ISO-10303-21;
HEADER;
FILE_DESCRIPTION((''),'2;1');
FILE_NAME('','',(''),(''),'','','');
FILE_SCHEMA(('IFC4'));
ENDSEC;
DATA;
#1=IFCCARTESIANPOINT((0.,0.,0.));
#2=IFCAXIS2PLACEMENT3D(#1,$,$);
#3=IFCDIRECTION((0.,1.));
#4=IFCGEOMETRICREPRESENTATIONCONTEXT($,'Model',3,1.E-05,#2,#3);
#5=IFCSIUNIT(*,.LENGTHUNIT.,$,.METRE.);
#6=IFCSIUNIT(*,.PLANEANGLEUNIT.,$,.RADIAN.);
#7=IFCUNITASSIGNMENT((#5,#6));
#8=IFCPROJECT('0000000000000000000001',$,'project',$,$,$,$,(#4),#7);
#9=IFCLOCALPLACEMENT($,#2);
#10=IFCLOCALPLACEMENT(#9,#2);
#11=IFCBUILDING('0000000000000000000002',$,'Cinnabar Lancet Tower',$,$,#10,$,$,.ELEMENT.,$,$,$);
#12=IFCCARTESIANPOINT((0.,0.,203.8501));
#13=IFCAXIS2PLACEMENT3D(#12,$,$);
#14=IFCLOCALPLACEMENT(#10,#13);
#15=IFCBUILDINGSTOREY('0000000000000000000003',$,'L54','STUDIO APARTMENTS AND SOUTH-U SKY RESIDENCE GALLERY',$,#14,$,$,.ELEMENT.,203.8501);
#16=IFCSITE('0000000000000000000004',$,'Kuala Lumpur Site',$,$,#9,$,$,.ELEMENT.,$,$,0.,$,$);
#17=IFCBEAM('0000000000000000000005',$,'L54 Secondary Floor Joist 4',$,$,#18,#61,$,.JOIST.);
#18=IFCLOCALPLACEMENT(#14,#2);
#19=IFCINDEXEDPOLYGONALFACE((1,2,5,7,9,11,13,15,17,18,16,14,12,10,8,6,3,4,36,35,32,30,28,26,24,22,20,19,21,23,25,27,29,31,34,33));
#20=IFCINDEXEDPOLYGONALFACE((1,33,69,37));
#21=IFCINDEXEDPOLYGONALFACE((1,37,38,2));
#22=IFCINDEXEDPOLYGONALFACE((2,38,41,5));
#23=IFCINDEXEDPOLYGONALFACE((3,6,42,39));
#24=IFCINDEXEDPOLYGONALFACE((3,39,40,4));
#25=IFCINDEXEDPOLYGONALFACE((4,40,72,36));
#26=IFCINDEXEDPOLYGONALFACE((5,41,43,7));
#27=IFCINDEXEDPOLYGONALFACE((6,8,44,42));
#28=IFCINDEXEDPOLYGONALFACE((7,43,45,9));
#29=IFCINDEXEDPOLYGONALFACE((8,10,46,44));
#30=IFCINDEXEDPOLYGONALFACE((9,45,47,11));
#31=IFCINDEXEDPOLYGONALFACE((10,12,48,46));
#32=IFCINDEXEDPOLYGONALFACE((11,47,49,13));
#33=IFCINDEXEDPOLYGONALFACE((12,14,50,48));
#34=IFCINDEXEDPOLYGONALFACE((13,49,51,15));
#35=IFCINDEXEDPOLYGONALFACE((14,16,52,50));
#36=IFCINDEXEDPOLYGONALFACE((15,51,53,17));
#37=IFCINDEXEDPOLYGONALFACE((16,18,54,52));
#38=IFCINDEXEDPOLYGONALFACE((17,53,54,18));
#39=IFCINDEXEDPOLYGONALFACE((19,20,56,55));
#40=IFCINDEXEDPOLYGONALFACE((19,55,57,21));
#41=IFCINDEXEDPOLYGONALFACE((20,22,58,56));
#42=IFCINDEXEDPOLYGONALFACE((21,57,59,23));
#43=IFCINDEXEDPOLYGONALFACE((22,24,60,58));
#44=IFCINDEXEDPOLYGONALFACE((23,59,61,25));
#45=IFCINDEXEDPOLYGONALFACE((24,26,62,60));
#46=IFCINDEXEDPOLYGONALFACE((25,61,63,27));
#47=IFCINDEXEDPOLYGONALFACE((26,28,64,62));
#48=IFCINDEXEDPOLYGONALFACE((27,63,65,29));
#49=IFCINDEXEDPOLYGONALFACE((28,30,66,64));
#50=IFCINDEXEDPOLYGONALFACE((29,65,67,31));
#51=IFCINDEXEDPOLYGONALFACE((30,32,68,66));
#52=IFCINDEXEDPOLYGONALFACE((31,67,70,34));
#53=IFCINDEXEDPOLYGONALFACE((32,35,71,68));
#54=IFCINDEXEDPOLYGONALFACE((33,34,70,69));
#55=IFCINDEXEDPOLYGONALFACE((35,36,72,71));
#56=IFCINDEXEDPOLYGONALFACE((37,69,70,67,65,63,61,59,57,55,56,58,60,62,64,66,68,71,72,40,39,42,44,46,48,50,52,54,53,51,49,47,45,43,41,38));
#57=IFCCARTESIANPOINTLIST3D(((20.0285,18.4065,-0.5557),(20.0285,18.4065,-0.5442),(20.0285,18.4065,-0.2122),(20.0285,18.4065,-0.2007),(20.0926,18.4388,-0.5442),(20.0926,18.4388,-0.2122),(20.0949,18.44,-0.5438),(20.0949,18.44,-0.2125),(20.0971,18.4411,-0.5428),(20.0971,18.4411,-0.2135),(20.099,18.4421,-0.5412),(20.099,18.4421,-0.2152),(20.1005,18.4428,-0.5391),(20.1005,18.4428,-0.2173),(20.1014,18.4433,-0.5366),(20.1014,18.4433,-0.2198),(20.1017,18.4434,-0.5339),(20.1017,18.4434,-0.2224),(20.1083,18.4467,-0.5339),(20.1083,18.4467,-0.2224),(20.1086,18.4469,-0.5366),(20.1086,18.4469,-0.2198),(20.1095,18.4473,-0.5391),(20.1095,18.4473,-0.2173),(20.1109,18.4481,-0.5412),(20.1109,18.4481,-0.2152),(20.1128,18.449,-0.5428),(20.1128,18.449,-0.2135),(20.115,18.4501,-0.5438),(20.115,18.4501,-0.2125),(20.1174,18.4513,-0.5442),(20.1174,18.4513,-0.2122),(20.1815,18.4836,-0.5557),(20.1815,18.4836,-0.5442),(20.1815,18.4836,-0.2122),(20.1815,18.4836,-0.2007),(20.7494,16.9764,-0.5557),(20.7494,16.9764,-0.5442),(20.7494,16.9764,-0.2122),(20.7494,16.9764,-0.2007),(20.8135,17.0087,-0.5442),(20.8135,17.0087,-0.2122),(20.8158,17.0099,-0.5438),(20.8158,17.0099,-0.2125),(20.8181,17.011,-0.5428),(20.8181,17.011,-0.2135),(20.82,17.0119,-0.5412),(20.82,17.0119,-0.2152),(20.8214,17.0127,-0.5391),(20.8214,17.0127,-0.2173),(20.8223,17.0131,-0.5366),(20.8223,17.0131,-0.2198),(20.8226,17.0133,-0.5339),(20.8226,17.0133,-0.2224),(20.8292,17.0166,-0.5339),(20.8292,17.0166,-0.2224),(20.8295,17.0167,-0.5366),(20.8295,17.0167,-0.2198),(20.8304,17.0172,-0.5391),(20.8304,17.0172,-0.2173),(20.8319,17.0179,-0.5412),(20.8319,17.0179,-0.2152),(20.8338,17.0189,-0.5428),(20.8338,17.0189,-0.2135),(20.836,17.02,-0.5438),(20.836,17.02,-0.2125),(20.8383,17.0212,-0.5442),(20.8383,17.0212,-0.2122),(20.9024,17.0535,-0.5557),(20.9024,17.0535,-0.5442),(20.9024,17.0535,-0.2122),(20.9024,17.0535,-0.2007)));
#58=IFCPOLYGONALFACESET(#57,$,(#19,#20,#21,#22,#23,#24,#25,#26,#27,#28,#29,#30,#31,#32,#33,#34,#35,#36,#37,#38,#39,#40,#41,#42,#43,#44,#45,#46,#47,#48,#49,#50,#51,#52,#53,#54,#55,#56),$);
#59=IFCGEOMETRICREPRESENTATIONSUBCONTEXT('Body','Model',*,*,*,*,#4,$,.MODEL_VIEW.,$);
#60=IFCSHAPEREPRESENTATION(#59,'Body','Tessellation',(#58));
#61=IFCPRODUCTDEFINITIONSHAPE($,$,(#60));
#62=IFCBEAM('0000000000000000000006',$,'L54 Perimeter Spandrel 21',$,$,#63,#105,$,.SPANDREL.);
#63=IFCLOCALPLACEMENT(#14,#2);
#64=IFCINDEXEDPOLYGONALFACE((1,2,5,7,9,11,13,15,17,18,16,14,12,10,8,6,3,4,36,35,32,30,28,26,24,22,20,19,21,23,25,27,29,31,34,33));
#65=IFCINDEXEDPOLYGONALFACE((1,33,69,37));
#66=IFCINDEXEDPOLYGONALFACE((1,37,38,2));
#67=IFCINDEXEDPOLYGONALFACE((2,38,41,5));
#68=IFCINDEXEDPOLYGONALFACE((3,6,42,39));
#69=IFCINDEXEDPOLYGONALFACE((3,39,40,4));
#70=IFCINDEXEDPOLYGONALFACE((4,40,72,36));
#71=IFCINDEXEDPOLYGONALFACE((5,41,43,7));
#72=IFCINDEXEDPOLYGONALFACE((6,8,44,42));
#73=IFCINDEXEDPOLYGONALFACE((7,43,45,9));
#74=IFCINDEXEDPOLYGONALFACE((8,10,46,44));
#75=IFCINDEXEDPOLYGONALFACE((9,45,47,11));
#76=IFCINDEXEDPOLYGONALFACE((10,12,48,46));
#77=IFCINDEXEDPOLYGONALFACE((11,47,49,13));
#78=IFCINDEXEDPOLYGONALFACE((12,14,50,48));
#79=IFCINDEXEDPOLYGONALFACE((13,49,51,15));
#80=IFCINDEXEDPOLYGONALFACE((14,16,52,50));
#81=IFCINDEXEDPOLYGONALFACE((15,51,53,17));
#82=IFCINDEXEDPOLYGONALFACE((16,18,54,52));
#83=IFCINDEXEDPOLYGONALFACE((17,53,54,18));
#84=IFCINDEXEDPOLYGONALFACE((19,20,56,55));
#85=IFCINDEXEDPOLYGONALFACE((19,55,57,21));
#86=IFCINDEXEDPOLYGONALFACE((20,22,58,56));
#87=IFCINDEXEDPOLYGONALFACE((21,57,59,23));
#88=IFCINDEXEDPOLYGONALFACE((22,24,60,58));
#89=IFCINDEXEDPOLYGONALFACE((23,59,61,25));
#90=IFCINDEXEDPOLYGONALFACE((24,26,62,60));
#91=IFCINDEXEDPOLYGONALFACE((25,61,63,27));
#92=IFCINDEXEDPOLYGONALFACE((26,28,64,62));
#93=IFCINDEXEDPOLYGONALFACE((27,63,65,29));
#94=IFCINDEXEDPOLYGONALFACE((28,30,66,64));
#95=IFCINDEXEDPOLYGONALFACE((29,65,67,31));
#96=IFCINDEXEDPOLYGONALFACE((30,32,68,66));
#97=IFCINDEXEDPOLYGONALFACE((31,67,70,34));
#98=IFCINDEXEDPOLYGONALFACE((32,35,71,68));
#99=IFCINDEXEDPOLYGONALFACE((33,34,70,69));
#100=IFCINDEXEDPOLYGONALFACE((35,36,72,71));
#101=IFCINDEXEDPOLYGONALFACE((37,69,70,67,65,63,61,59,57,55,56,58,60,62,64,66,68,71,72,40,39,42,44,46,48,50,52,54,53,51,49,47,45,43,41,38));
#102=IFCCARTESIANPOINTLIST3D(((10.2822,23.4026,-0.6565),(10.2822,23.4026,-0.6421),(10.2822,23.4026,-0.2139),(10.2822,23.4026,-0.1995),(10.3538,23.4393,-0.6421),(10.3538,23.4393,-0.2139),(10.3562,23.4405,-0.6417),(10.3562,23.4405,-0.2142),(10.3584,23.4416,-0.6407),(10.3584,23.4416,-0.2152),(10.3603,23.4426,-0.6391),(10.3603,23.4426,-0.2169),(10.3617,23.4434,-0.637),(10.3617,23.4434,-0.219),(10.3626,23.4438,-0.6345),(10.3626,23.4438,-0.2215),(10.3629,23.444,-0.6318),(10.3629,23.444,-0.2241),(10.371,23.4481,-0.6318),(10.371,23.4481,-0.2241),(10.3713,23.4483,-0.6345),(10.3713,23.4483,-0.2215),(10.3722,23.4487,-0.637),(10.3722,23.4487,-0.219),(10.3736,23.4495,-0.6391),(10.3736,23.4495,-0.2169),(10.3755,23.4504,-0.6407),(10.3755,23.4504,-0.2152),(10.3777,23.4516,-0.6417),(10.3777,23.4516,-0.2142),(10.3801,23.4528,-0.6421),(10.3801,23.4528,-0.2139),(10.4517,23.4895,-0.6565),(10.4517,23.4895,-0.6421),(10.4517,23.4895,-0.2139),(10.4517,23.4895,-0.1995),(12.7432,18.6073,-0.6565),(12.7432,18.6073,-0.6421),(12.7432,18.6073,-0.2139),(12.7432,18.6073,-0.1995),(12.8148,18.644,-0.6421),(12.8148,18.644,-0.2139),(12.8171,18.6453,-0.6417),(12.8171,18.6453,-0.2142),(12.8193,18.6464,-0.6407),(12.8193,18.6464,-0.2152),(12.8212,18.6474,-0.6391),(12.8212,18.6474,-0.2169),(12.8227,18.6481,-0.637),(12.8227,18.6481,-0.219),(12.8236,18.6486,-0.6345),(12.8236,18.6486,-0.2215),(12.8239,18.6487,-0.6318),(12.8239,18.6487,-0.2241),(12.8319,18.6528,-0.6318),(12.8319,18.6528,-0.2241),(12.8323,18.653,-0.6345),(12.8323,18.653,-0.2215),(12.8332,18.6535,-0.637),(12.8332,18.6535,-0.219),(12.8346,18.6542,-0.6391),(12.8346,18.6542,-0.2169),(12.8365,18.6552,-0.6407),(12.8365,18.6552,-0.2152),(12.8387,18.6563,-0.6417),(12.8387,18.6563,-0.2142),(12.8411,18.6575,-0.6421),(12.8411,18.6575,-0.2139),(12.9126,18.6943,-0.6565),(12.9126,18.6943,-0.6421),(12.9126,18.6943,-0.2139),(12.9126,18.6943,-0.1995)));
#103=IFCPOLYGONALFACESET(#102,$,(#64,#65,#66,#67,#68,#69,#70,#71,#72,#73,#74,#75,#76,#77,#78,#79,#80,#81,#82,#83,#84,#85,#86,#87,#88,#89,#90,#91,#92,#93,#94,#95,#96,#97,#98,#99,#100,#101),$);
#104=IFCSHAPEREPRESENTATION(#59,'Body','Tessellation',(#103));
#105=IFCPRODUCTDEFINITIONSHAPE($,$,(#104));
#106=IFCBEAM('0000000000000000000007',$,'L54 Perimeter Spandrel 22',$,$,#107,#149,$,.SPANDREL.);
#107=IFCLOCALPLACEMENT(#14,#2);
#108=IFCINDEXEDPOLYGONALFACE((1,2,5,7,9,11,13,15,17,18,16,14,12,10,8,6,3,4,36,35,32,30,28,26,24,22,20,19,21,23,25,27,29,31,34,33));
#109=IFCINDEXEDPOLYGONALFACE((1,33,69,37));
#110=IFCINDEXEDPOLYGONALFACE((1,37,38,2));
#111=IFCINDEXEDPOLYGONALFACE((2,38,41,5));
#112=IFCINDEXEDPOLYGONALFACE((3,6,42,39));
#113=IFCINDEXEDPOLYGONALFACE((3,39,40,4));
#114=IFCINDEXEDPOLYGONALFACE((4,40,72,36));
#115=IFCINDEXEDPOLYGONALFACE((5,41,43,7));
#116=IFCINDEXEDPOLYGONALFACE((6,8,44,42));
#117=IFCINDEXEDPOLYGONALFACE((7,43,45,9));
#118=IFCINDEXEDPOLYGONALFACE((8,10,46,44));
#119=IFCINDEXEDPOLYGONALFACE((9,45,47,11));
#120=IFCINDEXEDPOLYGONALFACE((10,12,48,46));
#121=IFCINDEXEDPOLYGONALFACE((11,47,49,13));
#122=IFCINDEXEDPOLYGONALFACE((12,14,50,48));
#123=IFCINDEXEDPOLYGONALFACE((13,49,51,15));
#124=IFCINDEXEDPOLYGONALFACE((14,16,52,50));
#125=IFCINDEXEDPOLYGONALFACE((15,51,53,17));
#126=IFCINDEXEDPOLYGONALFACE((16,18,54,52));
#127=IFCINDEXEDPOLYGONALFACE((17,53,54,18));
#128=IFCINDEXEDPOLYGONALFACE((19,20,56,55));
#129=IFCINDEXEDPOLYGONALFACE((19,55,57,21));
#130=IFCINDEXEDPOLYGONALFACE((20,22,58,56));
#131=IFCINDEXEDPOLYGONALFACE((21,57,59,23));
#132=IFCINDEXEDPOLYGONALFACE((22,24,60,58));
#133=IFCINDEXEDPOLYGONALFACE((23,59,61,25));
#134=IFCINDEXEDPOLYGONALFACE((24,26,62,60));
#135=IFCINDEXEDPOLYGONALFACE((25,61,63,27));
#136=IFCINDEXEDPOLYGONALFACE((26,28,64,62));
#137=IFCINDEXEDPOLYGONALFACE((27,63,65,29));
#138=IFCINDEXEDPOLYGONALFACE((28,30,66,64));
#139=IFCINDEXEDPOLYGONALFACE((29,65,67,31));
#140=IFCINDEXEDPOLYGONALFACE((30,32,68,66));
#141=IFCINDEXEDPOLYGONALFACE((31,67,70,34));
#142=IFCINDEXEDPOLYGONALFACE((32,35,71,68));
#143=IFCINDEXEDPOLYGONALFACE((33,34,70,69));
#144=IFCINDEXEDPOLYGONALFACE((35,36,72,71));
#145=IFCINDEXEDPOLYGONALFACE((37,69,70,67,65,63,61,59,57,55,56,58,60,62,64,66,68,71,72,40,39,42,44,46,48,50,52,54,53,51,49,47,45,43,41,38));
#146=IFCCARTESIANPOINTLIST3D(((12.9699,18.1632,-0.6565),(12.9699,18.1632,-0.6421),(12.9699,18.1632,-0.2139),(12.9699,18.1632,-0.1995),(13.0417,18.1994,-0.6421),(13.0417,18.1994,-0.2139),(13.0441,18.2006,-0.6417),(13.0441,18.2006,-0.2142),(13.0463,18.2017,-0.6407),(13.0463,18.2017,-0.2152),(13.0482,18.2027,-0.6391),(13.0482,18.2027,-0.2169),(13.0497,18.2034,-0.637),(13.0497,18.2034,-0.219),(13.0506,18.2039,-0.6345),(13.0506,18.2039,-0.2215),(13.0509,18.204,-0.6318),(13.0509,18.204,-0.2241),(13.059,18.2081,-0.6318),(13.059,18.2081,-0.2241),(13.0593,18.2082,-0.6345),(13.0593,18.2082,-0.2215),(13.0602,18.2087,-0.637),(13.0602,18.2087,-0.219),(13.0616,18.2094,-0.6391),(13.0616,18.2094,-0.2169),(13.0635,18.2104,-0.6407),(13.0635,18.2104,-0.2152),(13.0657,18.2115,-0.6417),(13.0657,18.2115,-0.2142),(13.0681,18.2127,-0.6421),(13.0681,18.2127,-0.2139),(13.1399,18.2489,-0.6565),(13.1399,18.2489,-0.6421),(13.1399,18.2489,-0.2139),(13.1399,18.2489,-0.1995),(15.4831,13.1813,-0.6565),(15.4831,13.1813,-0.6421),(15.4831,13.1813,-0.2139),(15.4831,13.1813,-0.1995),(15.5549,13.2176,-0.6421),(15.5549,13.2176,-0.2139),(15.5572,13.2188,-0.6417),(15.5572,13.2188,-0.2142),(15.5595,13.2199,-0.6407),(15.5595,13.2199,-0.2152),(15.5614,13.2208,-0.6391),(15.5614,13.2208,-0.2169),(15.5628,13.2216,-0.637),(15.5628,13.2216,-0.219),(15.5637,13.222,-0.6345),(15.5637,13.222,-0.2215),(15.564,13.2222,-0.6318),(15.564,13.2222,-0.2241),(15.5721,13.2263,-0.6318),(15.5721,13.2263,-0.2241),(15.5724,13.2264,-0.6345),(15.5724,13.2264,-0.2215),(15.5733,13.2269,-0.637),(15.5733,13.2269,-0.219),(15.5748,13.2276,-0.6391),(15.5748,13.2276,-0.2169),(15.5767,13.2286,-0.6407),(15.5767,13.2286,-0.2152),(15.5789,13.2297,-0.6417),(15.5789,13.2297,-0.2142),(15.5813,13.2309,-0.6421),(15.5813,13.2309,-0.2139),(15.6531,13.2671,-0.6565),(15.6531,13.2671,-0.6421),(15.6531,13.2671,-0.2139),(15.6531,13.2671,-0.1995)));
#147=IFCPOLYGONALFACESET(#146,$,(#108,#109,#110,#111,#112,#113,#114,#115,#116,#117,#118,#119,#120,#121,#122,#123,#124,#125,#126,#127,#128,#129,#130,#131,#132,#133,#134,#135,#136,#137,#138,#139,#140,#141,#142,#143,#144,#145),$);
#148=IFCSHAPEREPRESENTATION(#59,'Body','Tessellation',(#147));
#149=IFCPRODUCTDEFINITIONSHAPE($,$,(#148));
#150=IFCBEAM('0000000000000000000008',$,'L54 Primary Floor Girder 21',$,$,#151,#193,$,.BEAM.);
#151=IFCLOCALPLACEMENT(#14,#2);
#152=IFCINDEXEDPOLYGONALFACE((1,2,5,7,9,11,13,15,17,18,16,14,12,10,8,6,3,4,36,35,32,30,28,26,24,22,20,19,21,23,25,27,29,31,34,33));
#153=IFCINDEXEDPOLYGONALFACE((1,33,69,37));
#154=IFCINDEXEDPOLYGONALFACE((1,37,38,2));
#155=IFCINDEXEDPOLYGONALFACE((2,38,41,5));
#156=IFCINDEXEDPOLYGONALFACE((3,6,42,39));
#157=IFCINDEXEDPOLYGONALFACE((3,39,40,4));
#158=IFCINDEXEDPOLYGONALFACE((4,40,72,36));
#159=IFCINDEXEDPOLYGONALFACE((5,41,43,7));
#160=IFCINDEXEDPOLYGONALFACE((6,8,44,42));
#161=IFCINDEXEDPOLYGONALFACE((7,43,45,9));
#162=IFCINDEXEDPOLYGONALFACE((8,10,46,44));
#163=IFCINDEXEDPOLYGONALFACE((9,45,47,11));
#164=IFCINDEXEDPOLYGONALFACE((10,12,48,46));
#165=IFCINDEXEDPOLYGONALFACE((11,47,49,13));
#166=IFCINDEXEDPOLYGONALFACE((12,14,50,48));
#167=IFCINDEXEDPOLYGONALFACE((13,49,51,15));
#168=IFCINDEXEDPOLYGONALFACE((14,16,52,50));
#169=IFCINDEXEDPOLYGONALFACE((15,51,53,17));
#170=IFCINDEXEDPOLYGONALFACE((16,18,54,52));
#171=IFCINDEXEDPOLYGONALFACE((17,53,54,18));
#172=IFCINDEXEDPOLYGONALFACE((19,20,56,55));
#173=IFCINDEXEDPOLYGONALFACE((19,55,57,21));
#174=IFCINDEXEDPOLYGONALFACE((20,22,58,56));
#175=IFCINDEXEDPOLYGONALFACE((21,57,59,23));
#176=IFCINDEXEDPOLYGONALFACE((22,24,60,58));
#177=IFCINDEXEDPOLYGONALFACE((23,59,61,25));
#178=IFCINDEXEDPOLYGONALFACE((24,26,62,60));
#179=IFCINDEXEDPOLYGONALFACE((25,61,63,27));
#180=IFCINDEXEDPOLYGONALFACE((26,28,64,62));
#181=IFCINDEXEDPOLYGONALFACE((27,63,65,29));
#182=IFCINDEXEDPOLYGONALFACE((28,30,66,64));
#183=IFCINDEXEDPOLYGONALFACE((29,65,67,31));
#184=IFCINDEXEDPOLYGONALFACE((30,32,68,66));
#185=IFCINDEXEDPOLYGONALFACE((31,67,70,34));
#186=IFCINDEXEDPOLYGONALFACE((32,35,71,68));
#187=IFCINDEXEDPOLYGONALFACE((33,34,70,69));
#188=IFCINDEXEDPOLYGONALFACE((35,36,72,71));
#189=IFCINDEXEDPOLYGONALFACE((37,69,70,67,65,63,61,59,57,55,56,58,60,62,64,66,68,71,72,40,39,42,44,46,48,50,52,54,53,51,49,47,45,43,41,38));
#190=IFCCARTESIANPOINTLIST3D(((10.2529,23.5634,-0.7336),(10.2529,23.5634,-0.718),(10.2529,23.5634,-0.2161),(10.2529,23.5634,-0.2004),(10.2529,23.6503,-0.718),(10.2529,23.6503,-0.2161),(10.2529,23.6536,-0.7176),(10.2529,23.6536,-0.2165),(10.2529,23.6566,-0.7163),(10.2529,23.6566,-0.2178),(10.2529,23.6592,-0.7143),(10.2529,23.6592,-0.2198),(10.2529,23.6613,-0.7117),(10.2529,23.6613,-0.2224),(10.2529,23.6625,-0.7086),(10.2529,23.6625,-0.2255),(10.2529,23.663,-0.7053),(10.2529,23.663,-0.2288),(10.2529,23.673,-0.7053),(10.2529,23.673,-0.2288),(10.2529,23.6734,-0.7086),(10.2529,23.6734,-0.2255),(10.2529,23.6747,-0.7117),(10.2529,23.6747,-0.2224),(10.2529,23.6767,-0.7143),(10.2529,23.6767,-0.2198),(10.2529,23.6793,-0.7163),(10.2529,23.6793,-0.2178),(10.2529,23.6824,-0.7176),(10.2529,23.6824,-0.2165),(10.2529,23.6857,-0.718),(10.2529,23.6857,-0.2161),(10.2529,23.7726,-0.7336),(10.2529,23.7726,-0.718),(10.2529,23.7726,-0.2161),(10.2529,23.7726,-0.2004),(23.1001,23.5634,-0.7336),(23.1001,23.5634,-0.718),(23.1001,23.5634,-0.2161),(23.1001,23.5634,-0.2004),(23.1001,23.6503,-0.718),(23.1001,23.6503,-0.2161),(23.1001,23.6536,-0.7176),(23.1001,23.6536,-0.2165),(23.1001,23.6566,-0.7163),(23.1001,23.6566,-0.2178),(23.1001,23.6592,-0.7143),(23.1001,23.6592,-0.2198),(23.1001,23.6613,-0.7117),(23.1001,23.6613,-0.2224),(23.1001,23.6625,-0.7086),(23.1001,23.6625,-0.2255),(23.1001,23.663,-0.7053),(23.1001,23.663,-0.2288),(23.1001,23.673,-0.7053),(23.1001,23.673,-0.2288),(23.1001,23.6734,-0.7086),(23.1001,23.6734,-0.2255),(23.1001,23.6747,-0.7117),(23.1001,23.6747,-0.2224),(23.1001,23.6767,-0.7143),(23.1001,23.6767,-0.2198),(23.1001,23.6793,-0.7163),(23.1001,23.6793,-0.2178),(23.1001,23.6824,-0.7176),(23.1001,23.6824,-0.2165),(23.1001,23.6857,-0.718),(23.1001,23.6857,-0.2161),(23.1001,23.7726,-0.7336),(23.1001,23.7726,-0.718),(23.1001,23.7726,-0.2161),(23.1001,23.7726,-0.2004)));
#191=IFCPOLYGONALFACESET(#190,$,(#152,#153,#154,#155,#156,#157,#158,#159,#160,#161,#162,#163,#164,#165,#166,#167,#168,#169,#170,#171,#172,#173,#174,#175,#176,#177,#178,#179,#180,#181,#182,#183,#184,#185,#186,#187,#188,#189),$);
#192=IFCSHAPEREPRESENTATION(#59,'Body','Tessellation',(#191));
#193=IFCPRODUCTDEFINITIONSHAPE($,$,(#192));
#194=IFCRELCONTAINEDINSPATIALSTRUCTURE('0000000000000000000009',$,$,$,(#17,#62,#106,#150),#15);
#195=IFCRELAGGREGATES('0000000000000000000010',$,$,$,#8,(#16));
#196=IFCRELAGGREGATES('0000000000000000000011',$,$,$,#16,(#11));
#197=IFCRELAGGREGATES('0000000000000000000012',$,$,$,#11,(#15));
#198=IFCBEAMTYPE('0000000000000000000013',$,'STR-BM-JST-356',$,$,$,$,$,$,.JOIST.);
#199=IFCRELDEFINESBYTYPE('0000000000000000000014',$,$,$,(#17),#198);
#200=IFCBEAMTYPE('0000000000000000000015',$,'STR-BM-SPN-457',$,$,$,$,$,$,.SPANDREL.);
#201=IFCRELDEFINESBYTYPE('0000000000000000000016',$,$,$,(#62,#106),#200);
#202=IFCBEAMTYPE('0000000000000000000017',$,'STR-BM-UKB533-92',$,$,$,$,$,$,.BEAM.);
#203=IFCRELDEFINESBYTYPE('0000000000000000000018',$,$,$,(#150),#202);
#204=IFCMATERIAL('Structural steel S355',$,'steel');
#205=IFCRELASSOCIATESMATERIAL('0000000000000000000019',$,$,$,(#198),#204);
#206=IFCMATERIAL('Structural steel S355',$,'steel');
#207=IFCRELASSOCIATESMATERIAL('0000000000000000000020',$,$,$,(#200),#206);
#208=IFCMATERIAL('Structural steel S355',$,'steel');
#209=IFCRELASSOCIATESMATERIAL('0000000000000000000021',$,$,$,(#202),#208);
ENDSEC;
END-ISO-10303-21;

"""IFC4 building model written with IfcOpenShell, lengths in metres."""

from ifc_helpers import new_model, si_unit, direction, frame, origin, origin_2d, place, context, subcontext, project, spatial, i_section, extrude, material, material_profile, profile_set, type_object, element, save


model = new_model("IFC4")

# Units and contexts
model_context = context("Model", 3, precision=1e-05, world=origin(), true_north=direction((0.0, 1.0)))
body_context = subcontext(model_context, "Body", "Model", "MODEL_VIEW")
ifc_project = project(units=[si_unit("LENGTHUNIT", "METRE"), si_unit("PLANEANGLEUNIT", "RADIAN")], contexts=[model_context])

# Site, building, storey
site_placement = place(None, origin())
site = spatial("IfcSite", under=ifc_project, at=site_placement, Name="Kuala Lumpur Site", CompositionType="ELEMENT", RefElevation=0.0)
building_placement = place(site_placement, origin())
building = spatial("IfcBuilding", under=site, at=building_placement, Name="Cinnabar Lancet Tower", CompositionType="ELEMENT")
storey_placement = place(building_placement, frame((0.0, 0.0, 203.8501)))
storey = spatial("IfcBuildingStorey", under=building, at=storey_placement, Name="L54", Description="STUDIO APARTMENTS AND SOUTH-U SKY RESIDENCE GALLERY", CompositionType="ELEMENT", Elevation=203.8501)

# Beams
ifc_material_1 = material(Name="Structural steel S355", Category="steel")
ifc_material_profile_1 = material_profile(ifc_material_1, i_section(OverallWidth=0.1714, OverallDepth=0.355, WebThickness=0.0073, FlangeThickness=0.0115, FilletRadius=0.0103, at=origin_2d()), Name="UKB 356x171x51")
ifc_profile_set_1 = profile_set([ifc_material_profile_1], Name="Structural steel S355")
beam_type_1 = type_object("IfcBeamType", Name="STR-BM-JST-356", PredefinedType="JOIST", material=ifc_profile_set_1)
beam_1_placement = place(storey_placement, frame((20.105, 18.4451, -0.3782), z_axis=(0.450138, -0.892959, 0.0), x_axis=(0.892959, 0.450138, 0.0)))
element("IfcBeam", 1, at=beam_1_placement, inside=storey, type_object=beam_type_1, Name="L54 Secondary Floor Joist 4", PredefinedType="JOIST", context=body_context, shape_type="SweptSolid", body=[
    extrude(i_section(OverallWidth=0.1714, OverallDepth=0.355, WebThickness=0.0073, FlangeThickness=0.0115, FilletRadius=0.0103, at=origin_2d()), origin(), (0.0, 0.0, 1.0), 1.6016),
])
ifc_material_2 = material(Name="Structural steel S355", Category="steel")
ifc_material_profile_2 = material_profile(ifc_material_2, i_section(OverallWidth=0.1904, OverallDepth=0.457, WebThickness=0.009, FlangeThickness=0.0144, FilletRadius=0.0103, at=origin_2d()), Name="UKB 457x191x74")
ifc_profile_set_2 = profile_set([ifc_material_profile_2], Name="Structural steel S355")
beam_type_2 = type_object("IfcBeamType", Name="STR-BM-SPN-457", PredefinedType="SPANDREL", material=ifc_profile_set_2)
beam_2_placement = place(storey_placement, frame((10.3669, 23.446, -0.428), z_axis=(0.456593, -0.889676, 0.0), x_axis=(0.889676, 0.456593, 0.0)))
element("IfcBeam", 2, at=beam_2_placement, inside=storey, type_object=beam_type_2, Name="L54 Perimeter Spandrel 21", PredefinedType="SPANDREL", context=body_context, shape_type="SweptSolid", body=[
    extrude(i_section(OverallWidth=0.1904, OverallDepth=0.457, WebThickness=0.009, FlangeThickness=0.0144, FilletRadius=0.0103, at=origin_2d()), origin(), (0.0, 0.0, 1.0), 5.3899),
])
beam_3_placement = place(storey_placement, frame((13.0549, 18.2061, -0.428), z_axis=(0.450396, -0.892829, 0.0), x_axis=(0.892829, 0.450396, 0.0)))
element("IfcBeam", 3, at=beam_3_placement, inside=storey, type_object=beam_type_2, Name="L54 Perimeter Spandrel 22", PredefinedType="SPANDREL", context=body_context, shape_type="SweptSolid", body=[
    extrude(i_section(OverallWidth=0.1904, OverallDepth=0.457, WebThickness=0.009, FlangeThickness=0.0144, FilletRadius=0.0103, at=origin_2d()), origin(), (0.0, 0.0, 1.0), 5.5798),
])
ifc_material_3 = material(Name="Structural steel S355", Category="steel")
ifc_material_profile_3 = material_profile(ifc_material_3, i_section(OverallWidth=0.2092, OverallDepth=0.5332, WebThickness=0.01, FlangeThickness=0.0156, FilletRadius=0.0127, at=origin_2d()), Name="UKB 533x210x92")
ifc_profile_set_3 = profile_set([ifc_material_profile_3], Name="Structural steel S355")
beam_type_3 = type_object("IfcBeamType", Name="STR-BM-UKB533-92", PredefinedType="BEAM", material=ifc_profile_set_3)
beam_4_placement = place(storey_placement, frame((10.2529, 23.668, -0.467), z_axis=(1.0, 0.0, 0.0), x_axis=(0.0, 1.0, 0.0)))
element("IfcBeam", 4, at=beam_4_placement, inside=storey, type_object=beam_type_3, Name="L54 Primary Floor Girder 21", PredefinedType="BEAM", context=body_context, shape_type="SweptSolid", body=[
    extrude(i_section(OverallWidth=0.2092, OverallDepth=0.5332, WebThickness=0.01, FlangeThickness=0.0156, FilletRadius=0.0127, at=origin_2d()), origin(), (0.0, 0.0, 1.0), 12.8472),
])

save(model, "model.ifc")
